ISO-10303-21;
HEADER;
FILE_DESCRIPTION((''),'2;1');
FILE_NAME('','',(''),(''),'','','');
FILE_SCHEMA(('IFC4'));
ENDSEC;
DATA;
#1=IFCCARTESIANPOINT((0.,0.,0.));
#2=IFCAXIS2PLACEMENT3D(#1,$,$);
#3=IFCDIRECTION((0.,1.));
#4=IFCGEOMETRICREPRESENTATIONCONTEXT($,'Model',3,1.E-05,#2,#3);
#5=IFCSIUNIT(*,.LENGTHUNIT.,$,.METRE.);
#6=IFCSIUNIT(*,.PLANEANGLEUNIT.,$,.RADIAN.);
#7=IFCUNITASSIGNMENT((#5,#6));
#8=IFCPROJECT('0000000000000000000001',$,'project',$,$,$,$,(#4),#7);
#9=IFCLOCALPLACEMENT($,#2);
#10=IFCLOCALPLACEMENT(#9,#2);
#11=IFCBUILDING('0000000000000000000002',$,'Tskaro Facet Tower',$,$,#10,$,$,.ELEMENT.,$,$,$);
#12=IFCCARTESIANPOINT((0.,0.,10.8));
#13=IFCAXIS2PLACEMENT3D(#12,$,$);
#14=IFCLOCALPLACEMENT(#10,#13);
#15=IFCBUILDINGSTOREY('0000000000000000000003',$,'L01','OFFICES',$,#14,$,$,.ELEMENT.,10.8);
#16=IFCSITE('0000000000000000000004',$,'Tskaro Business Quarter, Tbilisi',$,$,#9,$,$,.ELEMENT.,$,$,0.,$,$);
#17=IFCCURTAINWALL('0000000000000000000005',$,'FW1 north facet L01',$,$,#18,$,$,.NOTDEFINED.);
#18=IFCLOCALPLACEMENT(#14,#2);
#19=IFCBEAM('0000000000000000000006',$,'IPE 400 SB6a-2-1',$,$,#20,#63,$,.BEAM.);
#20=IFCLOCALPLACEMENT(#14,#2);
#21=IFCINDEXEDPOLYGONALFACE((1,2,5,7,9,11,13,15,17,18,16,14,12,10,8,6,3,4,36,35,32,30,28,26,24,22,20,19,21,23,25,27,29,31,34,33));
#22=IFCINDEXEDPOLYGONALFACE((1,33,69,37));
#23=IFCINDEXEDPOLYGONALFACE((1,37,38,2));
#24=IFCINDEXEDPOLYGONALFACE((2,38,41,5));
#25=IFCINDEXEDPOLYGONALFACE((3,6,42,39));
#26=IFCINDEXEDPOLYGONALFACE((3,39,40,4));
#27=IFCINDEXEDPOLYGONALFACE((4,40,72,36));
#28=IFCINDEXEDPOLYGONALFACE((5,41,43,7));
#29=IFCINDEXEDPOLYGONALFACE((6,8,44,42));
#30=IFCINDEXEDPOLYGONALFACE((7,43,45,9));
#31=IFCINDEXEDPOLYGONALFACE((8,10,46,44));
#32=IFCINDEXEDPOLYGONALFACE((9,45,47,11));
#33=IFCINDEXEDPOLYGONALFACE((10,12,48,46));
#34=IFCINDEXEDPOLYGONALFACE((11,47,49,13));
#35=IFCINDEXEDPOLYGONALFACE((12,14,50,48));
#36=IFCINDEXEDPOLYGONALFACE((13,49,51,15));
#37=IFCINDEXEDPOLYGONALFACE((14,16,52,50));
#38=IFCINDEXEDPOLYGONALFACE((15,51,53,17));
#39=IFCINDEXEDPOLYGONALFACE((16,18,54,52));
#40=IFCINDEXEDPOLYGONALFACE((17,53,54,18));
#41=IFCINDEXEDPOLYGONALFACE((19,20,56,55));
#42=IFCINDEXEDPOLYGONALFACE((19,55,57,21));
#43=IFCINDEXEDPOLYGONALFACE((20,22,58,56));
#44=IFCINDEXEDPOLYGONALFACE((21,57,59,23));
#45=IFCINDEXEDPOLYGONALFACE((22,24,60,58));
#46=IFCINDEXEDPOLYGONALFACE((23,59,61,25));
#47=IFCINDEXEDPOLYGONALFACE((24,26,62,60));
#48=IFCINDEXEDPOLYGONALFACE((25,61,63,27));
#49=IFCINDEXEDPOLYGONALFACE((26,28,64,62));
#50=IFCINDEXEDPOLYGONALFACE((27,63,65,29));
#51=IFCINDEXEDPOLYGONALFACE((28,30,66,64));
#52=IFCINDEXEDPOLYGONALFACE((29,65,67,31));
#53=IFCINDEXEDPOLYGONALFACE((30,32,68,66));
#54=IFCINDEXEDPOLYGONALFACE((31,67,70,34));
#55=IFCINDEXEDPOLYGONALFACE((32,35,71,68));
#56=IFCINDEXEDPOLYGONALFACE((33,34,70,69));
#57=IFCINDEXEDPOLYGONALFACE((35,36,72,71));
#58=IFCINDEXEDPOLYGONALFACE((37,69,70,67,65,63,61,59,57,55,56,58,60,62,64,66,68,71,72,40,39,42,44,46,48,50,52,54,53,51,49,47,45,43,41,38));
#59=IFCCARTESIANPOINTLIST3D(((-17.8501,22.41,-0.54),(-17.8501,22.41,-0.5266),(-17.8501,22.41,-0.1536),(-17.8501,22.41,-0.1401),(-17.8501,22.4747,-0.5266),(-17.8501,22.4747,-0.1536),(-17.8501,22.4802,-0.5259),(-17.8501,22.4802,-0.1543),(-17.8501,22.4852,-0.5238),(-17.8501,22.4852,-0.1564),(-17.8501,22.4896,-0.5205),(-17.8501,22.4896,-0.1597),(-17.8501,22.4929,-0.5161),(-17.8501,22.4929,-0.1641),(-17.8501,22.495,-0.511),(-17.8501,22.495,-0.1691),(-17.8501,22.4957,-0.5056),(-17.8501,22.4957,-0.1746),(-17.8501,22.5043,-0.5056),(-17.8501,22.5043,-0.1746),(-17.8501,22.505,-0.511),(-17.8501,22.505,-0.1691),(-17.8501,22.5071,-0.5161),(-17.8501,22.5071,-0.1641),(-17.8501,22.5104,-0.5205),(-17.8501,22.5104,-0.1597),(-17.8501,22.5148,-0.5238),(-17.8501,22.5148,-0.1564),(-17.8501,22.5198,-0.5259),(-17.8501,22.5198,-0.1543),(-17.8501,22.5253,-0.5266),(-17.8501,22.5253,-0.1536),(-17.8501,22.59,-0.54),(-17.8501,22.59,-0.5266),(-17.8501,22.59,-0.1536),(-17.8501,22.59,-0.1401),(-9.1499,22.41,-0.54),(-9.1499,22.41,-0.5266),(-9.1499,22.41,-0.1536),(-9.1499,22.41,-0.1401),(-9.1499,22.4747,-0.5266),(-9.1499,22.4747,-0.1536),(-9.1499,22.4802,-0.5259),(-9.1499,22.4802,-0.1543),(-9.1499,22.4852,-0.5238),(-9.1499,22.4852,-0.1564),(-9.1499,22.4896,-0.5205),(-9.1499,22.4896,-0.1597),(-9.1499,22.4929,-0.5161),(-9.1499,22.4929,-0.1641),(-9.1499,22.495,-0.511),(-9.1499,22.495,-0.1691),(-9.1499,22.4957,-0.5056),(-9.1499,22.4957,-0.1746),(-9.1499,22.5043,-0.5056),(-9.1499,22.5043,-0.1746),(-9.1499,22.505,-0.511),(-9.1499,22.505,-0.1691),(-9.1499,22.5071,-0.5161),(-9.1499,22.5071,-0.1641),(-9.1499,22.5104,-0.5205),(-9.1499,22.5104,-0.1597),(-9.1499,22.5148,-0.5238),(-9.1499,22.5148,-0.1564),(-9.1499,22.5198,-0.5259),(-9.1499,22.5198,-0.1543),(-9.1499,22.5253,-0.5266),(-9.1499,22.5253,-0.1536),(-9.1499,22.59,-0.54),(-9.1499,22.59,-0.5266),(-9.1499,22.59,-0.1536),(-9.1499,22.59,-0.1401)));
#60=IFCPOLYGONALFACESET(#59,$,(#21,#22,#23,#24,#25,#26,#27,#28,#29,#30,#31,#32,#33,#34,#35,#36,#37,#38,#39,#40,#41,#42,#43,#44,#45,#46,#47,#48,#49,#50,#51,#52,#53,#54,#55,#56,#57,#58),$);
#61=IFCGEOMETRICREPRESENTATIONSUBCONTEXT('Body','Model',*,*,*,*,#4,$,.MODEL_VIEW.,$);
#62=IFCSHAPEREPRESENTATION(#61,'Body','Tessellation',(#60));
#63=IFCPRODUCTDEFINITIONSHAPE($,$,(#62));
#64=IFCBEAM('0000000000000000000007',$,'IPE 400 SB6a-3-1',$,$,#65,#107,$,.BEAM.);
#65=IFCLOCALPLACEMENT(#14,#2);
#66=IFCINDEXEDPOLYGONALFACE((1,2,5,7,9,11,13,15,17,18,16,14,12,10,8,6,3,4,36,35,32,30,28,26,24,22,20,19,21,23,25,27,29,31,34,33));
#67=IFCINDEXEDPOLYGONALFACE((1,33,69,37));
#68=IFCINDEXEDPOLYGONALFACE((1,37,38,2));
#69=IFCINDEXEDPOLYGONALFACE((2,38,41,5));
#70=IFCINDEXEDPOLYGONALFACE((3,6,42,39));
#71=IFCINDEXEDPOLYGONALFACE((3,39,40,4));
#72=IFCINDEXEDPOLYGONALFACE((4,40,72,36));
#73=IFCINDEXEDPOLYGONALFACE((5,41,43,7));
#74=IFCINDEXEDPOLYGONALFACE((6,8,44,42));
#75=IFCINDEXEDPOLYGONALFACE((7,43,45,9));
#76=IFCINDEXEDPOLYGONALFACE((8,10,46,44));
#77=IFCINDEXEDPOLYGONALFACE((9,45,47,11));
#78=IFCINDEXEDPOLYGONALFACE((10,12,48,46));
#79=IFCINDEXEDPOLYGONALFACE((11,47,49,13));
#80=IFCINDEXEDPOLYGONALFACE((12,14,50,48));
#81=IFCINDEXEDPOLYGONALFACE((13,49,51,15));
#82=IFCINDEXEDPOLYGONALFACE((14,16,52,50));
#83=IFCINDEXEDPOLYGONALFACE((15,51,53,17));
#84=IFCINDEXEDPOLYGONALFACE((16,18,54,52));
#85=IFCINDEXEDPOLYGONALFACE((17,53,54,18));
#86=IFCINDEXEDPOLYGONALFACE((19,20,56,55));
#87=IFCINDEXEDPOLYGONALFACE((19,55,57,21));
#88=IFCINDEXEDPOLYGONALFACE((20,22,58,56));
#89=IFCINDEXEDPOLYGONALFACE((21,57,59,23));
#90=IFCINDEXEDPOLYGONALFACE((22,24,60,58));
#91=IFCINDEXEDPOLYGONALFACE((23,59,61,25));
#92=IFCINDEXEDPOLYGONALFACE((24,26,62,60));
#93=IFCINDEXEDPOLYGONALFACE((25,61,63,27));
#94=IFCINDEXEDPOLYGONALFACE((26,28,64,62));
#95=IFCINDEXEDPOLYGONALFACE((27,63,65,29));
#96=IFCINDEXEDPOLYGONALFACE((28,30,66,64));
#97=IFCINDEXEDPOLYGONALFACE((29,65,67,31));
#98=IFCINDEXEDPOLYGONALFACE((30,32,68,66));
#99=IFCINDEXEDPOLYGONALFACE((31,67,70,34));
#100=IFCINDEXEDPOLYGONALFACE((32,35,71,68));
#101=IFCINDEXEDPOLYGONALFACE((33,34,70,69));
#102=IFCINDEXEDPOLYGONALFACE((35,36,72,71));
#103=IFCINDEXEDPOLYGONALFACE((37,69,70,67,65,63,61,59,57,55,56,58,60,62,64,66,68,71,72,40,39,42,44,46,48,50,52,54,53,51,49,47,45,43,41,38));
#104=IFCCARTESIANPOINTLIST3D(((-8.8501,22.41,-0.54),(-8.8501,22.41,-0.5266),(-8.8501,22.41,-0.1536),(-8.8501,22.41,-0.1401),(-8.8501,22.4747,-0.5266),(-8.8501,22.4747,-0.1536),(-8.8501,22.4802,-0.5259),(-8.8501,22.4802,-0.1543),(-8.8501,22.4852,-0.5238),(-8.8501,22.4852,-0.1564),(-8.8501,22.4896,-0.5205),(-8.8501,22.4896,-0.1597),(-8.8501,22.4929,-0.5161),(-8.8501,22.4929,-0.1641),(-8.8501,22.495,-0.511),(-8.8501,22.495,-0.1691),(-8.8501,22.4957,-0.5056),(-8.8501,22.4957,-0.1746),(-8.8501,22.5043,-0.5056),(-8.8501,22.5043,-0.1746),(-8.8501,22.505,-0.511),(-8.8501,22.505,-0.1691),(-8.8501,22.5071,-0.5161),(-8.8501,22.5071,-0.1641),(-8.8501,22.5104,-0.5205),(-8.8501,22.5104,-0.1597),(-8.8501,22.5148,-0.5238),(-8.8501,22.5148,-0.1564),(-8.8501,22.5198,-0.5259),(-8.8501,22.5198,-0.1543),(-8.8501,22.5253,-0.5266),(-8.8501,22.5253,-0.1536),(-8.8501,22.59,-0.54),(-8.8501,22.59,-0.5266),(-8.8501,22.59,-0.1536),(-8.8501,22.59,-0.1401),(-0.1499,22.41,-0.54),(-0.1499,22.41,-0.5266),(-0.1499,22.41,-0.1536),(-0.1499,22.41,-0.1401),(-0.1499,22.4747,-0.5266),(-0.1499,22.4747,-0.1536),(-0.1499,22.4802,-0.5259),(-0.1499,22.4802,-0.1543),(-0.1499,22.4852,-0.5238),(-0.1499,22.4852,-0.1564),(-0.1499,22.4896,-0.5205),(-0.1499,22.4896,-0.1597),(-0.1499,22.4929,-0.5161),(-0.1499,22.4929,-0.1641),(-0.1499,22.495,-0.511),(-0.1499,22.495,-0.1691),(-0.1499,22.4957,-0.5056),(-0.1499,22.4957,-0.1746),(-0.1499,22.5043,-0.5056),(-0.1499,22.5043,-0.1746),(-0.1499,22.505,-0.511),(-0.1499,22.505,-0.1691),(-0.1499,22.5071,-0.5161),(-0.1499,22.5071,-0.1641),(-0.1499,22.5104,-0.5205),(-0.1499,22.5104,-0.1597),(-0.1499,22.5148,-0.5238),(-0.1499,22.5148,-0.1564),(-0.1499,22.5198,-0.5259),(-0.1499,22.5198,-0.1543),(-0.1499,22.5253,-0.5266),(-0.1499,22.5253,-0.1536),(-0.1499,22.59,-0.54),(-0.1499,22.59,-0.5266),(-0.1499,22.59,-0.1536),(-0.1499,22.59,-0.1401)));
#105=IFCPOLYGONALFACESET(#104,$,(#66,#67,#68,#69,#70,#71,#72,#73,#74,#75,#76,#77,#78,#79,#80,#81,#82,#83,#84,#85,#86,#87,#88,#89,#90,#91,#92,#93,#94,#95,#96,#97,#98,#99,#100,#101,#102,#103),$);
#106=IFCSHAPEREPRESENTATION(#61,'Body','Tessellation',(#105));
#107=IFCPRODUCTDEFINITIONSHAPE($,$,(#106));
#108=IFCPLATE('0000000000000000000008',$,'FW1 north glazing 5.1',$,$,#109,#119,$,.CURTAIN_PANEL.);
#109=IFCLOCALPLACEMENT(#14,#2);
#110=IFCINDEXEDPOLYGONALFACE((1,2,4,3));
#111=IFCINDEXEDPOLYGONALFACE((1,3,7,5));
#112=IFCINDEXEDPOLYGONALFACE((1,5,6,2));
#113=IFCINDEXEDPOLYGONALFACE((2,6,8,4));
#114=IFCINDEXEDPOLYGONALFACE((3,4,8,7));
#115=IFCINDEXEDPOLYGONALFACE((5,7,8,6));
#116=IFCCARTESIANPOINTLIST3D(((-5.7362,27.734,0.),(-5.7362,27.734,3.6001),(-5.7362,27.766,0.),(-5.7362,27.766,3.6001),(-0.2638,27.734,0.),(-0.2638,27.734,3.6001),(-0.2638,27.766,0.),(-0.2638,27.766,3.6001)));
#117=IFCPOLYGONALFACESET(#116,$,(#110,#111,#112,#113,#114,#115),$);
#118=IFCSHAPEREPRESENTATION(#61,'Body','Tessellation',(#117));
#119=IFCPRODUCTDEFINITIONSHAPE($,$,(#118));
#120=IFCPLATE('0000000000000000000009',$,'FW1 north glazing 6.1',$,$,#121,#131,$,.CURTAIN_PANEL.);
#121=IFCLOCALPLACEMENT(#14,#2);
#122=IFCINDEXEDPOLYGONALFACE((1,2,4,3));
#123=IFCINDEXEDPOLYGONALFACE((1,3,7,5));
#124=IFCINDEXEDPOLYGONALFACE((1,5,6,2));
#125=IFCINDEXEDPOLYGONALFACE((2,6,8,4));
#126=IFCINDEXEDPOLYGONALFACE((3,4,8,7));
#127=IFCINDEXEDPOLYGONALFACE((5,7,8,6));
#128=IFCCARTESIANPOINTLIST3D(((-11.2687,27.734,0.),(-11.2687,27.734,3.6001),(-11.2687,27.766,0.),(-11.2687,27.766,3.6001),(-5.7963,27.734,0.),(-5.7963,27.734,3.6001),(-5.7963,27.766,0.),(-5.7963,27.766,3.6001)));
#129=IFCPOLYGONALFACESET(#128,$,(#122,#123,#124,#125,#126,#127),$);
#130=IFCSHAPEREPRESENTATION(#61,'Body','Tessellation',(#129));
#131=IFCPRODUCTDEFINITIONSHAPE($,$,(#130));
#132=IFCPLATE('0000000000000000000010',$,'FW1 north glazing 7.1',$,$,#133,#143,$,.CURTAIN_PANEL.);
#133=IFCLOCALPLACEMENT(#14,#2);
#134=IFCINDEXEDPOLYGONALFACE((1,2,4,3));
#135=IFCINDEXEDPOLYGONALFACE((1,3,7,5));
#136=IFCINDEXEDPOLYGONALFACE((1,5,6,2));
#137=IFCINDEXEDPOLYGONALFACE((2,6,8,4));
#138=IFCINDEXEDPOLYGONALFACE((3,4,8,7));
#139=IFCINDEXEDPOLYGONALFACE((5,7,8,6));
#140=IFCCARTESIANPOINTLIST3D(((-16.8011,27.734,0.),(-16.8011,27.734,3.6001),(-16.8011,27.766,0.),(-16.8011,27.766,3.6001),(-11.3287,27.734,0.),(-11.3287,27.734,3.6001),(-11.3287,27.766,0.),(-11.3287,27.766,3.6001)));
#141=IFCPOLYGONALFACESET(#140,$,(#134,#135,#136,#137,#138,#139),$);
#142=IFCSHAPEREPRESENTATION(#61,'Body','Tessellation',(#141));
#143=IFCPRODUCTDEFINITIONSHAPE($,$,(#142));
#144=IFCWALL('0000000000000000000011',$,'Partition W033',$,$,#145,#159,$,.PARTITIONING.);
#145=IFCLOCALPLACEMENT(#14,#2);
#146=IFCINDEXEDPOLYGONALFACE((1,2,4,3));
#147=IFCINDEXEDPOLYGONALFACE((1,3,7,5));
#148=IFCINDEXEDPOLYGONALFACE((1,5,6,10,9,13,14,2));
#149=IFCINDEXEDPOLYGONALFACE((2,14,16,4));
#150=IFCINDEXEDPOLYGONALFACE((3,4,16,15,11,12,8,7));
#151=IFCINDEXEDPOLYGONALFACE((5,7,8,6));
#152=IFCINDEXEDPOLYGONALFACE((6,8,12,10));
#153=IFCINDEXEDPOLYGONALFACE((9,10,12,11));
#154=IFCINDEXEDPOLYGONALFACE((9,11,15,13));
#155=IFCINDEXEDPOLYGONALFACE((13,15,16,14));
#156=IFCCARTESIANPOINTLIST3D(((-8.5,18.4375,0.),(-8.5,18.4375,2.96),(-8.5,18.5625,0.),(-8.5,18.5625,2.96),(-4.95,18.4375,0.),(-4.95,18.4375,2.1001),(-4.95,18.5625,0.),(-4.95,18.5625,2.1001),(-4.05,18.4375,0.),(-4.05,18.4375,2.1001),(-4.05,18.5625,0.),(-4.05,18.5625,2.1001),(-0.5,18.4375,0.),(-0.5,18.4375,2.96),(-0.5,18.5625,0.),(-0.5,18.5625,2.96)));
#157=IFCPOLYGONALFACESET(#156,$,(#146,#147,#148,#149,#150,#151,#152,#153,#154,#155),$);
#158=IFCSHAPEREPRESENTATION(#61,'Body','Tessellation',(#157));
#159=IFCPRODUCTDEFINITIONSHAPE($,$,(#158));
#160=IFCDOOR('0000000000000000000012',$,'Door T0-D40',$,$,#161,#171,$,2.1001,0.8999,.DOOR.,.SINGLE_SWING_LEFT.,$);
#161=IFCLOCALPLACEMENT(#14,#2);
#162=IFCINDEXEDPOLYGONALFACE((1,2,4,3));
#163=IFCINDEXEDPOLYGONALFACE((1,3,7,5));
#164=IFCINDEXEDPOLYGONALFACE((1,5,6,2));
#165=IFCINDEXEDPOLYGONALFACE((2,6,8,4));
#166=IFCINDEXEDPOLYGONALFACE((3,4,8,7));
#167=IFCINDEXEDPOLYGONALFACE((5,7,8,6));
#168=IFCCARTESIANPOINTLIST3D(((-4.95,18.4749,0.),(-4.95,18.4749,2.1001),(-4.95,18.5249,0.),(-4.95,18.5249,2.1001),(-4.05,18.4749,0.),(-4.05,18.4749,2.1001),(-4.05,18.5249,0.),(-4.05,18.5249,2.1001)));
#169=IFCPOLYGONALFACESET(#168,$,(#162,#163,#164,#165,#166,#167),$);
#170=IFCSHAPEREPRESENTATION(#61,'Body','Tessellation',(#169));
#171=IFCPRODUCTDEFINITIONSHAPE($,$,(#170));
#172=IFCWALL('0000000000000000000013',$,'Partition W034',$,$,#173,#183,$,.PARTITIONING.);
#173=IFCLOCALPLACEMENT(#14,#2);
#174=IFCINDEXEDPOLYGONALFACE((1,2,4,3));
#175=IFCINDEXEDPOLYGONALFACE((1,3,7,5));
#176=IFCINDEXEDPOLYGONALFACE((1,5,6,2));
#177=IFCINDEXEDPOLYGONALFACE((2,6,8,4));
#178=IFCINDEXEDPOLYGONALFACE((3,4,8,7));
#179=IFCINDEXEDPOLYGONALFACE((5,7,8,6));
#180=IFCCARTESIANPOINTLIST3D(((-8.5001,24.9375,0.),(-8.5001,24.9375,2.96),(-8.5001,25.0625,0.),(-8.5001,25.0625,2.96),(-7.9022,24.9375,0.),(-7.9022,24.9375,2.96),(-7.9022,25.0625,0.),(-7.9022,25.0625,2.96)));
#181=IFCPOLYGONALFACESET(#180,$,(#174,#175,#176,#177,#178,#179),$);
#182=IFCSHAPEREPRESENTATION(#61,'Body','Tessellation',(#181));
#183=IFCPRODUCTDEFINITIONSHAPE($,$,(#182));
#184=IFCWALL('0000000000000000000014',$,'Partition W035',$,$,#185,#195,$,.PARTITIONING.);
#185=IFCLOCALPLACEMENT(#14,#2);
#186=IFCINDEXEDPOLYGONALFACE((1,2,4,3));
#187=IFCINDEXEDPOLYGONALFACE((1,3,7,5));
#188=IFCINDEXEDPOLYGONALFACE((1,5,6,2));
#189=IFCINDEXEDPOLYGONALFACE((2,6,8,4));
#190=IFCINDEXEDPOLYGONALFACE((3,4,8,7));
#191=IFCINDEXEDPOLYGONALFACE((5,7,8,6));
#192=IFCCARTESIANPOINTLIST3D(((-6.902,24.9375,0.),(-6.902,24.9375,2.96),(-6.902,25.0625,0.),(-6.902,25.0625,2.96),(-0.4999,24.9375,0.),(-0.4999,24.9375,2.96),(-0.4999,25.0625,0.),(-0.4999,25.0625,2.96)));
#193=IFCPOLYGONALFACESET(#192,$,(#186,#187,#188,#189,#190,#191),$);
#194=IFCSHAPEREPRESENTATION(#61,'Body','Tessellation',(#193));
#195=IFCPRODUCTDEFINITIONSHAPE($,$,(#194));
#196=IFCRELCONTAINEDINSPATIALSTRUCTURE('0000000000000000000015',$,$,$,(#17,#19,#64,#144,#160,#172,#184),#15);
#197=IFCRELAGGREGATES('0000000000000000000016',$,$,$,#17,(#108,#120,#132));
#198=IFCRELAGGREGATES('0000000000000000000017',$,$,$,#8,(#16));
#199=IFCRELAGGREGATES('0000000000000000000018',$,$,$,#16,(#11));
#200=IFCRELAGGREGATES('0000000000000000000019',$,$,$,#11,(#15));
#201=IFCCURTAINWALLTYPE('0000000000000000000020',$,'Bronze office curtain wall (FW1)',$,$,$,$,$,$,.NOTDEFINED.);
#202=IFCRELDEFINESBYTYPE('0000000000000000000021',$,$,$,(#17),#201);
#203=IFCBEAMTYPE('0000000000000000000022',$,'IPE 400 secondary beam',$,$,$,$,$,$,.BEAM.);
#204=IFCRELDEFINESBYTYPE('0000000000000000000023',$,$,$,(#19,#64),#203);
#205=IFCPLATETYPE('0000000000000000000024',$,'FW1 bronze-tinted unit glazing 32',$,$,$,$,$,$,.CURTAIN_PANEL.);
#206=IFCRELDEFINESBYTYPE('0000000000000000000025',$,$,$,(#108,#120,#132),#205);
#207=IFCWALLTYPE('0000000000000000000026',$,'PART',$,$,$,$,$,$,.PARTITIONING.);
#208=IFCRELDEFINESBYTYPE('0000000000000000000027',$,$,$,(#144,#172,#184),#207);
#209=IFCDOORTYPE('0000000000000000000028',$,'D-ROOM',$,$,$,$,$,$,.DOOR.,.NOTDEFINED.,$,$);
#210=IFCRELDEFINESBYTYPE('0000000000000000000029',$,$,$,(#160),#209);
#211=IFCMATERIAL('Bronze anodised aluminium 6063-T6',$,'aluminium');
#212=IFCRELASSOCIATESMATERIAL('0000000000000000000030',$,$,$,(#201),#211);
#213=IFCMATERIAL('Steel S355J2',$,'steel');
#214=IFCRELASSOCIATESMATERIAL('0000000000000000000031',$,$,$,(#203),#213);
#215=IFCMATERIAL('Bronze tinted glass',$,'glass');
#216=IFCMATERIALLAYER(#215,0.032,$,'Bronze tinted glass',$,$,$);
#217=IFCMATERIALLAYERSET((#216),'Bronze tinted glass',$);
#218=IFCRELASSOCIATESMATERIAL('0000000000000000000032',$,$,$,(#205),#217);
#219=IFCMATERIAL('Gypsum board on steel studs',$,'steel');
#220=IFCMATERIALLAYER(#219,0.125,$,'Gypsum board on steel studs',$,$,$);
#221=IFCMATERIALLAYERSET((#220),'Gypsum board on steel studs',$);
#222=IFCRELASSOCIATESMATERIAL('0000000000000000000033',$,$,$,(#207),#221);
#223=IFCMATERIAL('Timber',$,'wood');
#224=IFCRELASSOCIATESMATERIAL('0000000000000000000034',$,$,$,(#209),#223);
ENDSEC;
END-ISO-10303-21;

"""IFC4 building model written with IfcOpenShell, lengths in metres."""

from ifc_helpers import new_model, si_unit, direction, frame, frame_2d, origin, origin_2d, place, context, subcontext, project, spatial, rectangle, i_section, extrude, material, layer, layer_set, material_profile, profile_set, type_object, element, fill, aggregate, save


model = new_model("IFC4")

# Units and contexts
model_context = context("Model", 3, precision=1e-05, world=origin(), true_north=direction((0.0, 1.0)))
body_context = subcontext(model_context, "Body", "Model", "MODEL_VIEW")
ifc_project = project(units=[si_unit("LENGTHUNIT", "METRE"), si_unit("PLANEANGLEUNIT", "RADIAN")], contexts=[model_context])

# Site, building, storey
site_placement = place(None, origin())
site = spatial("IfcSite", under=ifc_project, at=site_placement, Name="Tskaro Business Quarter, Tbilisi", CompositionType="ELEMENT", RefElevation=0.0)
building_placement = place(site_placement, origin())
building = spatial("IfcBuilding", under=site, at=building_placement, Name="Tskaro Facet Tower", CompositionType="ELEMENT")
storey_placement = place(building_placement, frame((0.0, 0.0, 10.8)))
storey = spatial("IfcBuildingStorey", under=building, at=storey_placement, Name="L01", Description="OFFICES", CompositionType="ELEMENT", Elevation=10.8)

# Curtain wall
ifc_material_1 = material(Name="Bronze anodised aluminium 6063-T6", Category="aluminium")
curtain_wall_type = type_object("IfcCurtainWallType", Name="Bronze office curtain wall (FW1)", PredefinedType="NOTDEFINED", material=ifc_material_1)
curtain_wall_placement = place(storey_placement, origin())
curtain_wall = element("IfcCurtainWall", 1, at=curtain_wall_placement, inside=storey, type_object=curtain_wall_type, Name="FW1 north facet L01", PredefinedType="NOTDEFINED")

# Beams
ifc_material_2 = material(Name="Steel S355J2", Category="steel")
ifc_material_profile_1 = material_profile(ifc_material_2, i_section(OverallWidth=0.1799, OverallDepth=0.3999, WebThickness=0.0085, FlangeThickness=0.0134, FilletRadius=0.021, at=origin_2d()), Name="IPE 400")
ifc_profile_set_1 = profile_set([ifc_material_profile_1], Name="Steel S355J2")
beam_type_1 = type_object("IfcBeamType", Name="IPE 400 secondary beam", PredefinedType="BEAM", material=ifc_profile_set_1)
for number, where, z_axis, x_axis, name in (
    (2, (-17.8501, 22.5, -0.3401), (1.0, 0.0, 0.0), (0.0, 1.0, 0.0), "IPE 400 SB6a-2-1"),
    (3, (-8.8501, 22.5, -0.3401), (1.0, 0.0, 0.0), (0.0, 1.0, 0.0), "IPE 400 SB6a-3-1"),
):
    element("IfcBeam", number, at=place(storey_placement, frame(where, z_axis=z_axis, x_axis=x_axis)), inside=storey, type_object=beam_type_1, Name=name, PredefinedType="BEAM", context=body_context, shape_type="SweptSolid", body=[
        extrude(i_section(OverallWidth=0.1799, OverallDepth=0.3999, WebThickness=0.0085, FlangeThickness=0.0134, FilletRadius=0.021, at=origin_2d()), origin(), (0.0, 0.0, 1.0), 8.7002),
    ])

# Plates
ifc_material_3 = material(Name="Bronze tinted glass", Category="glass")
ifc_layer_1 = layer(ifc_material_3, 0.032, Name="Bronze tinted glass")
ifc_layer_set_1 = layer_set([ifc_layer_1], Name="Bronze tinted glass")
plate_type = type_object("IfcPlateType", Name="FW1 bronze-tinted unit glazing 32", PredefinedType="CURTAIN_PANEL", material=ifc_layer_set_1)
plate_1_placement = place(storey_placement, frame((-3.0, 27.75, 0.0), z_axis=(0.0, 0.0, 1.0), x_axis=(-1.0, 0.0, 0.0)))
plate_1 = element("IfcPlate", 4, at=plate_1_placement, type_object=plate_type, Name="FW1 north glazing 5.1", PredefinedType="CURTAIN_PANEL", context=body_context, shape_type="SweptSolid", body=[
    extrude(rectangle(XDim=5.4724, YDim=0.032, at=origin_2d()), origin(), (0.0, 0.0, 1.0), 3.6001),
])
plate_2_placement = place(storey_placement, frame((-8.5325, 27.75, 0.0), z_axis=(0.0, 0.0, 1.0), x_axis=(-1.0, 0.0, 0.0)))
plate_2 = element("IfcPlate", 5, at=plate_2_placement, type_object=plate_type, Name="FW1 north glazing 6.1", PredefinedType="CURTAIN_PANEL", context=body_context, shape_type="SweptSolid", body=[
    extrude(rectangle(XDim=5.4724, YDim=0.032, at=origin_2d()), origin(), (0.0, 0.0, 1.0), 3.6001),
])
plate_3_placement = place(storey_placement, frame((-14.0649, 27.75, 0.0), z_axis=(0.0, 0.0, 1.0), x_axis=(-1.0, 0.0, 0.0)))
plate_3 = element("IfcPlate", 6, at=plate_3_placement, type_object=plate_type, Name="FW1 north glazing 7.1", PredefinedType="CURTAIN_PANEL", context=body_context, shape_type="SweptSolid", body=[
    extrude(rectangle(XDim=5.4724, YDim=0.032, at=origin_2d()), origin(), (0.0, 0.0, 1.0), 3.6001),
])
aggregate(curtain_wall, [plate_1, plate_2, plate_3])

# Wall, opening, door
ifc_material_4 = material(Name="Gypsum board on steel studs", Category="steel")
ifc_layer_2 = layer(ifc_material_4, 0.125, Name="Gypsum board on steel studs")
ifc_layer_set_2 = layer_set([ifc_layer_2], Name="Gypsum board on steel studs")
wall_type = type_object("IfcWallType", Name="PART", PredefinedType="PARTITIONING", material=ifc_layer_set_2)
wall_1_placement = place(storey_placement, frame((-8.5, 18.5, 0.0), z_axis=(0.0, 0.0, 1.0), x_axis=(1.0, 0.0, 0.0)))
wall_1 = element("IfcWall", 7, at=wall_1_placement, inside=storey, type_object=wall_type, Name="Partition W033", PredefinedType="PARTITIONING", context=body_context, shape_type="SweptSolid", body=[
    extrude(rectangle(XDim=8.0, YDim=0.125, at=frame_2d((4.0, 0.0))), origin(), (0.0, 0.0, 1.0), 2.96),
])
opening_placement = place(wall_1_placement, frame((3.55, 0.0, 0.0)))
opening = element("IfcOpeningElement", 8, at=opening_placement, cuts=wall_1, PredefinedType="OPENING", context=body_context, shape_type="SweptSolid", body=[
    extrude(rectangle(XDim=0.8999, YDim=2.1001, at=frame_2d((0.45, 1.05))), frame((0.0, 0.0725, 0.0), z_axis=(0.0, -1.0, 0.0), x_axis=(1.0, 0.0, 0.0)), (0.0, 0.0, 1.0), 0.145),
])
ifc_material_5 = material(Name="Timber", Category="wood")
door_type = type_object("IfcDoorType", Name="D-ROOM", OperationType="NOTDEFINED", PredefinedType="DOOR", material=ifc_material_5)
door_placement = place(opening_placement, origin())
door = element("IfcDoor", 9, at=door_placement, inside=storey, type_object=door_type, Name="Door T0-D40", OperationType="SINGLE_SWING_LEFT", OverallHeight=2.1001, OverallWidth=0.8999, PredefinedType="DOOR", context=body_context, shape_type="SweptSolid", body=[
    extrude(rectangle(XDim=0.8999, YDim=2.1001, at=frame_2d((0.45, 1.05))), frame((0.0, 0.0249, 0.0), z_axis=(0.0, -1.0, 0.0), x_axis=(1.0, 0.0, 0.0)), (0.0, 0.0, 1.0), 0.05),
])
fill(opening, door)

# Walls
wall_2_placement = place(storey_placement, frame((-8.5, 25.0, 0.0), z_axis=(0.0, 0.0, 1.0), x_axis=(1.0, 0.0, 0.0)))
element("IfcWall", 10, at=wall_2_placement, inside=storey, type_object=wall_type, Name="Partition W034", PredefinedType="PARTITIONING", context=body_context, shape_type="SweptSolid", body=[
    extrude(rectangle(XDim=0.5979, YDim=0.125, at=frame_2d((0.2988, 0.0))), origin(), (0.0, 0.0, 1.0), 2.96),
])
wall_3_placement = place(storey_placement, frame((-6.9021, 25.0, 0.0), z_axis=(0.0, 0.0, 1.0), x_axis=(1.0, 0.0, 0.0)))
element("IfcWall", 11, at=wall_3_placement, inside=storey, type_object=wall_type, Name="Partition W035", PredefinedType="PARTITIONING", context=body_context, shape_type="SweptSolid", body=[
    extrude(rectangle(XDim=6.4021, YDim=0.125, at=frame_2d((3.2012, 0.0))), origin(), (0.0, 0.0, 1.0), 2.96),
])

save(model, "model.ifc")
